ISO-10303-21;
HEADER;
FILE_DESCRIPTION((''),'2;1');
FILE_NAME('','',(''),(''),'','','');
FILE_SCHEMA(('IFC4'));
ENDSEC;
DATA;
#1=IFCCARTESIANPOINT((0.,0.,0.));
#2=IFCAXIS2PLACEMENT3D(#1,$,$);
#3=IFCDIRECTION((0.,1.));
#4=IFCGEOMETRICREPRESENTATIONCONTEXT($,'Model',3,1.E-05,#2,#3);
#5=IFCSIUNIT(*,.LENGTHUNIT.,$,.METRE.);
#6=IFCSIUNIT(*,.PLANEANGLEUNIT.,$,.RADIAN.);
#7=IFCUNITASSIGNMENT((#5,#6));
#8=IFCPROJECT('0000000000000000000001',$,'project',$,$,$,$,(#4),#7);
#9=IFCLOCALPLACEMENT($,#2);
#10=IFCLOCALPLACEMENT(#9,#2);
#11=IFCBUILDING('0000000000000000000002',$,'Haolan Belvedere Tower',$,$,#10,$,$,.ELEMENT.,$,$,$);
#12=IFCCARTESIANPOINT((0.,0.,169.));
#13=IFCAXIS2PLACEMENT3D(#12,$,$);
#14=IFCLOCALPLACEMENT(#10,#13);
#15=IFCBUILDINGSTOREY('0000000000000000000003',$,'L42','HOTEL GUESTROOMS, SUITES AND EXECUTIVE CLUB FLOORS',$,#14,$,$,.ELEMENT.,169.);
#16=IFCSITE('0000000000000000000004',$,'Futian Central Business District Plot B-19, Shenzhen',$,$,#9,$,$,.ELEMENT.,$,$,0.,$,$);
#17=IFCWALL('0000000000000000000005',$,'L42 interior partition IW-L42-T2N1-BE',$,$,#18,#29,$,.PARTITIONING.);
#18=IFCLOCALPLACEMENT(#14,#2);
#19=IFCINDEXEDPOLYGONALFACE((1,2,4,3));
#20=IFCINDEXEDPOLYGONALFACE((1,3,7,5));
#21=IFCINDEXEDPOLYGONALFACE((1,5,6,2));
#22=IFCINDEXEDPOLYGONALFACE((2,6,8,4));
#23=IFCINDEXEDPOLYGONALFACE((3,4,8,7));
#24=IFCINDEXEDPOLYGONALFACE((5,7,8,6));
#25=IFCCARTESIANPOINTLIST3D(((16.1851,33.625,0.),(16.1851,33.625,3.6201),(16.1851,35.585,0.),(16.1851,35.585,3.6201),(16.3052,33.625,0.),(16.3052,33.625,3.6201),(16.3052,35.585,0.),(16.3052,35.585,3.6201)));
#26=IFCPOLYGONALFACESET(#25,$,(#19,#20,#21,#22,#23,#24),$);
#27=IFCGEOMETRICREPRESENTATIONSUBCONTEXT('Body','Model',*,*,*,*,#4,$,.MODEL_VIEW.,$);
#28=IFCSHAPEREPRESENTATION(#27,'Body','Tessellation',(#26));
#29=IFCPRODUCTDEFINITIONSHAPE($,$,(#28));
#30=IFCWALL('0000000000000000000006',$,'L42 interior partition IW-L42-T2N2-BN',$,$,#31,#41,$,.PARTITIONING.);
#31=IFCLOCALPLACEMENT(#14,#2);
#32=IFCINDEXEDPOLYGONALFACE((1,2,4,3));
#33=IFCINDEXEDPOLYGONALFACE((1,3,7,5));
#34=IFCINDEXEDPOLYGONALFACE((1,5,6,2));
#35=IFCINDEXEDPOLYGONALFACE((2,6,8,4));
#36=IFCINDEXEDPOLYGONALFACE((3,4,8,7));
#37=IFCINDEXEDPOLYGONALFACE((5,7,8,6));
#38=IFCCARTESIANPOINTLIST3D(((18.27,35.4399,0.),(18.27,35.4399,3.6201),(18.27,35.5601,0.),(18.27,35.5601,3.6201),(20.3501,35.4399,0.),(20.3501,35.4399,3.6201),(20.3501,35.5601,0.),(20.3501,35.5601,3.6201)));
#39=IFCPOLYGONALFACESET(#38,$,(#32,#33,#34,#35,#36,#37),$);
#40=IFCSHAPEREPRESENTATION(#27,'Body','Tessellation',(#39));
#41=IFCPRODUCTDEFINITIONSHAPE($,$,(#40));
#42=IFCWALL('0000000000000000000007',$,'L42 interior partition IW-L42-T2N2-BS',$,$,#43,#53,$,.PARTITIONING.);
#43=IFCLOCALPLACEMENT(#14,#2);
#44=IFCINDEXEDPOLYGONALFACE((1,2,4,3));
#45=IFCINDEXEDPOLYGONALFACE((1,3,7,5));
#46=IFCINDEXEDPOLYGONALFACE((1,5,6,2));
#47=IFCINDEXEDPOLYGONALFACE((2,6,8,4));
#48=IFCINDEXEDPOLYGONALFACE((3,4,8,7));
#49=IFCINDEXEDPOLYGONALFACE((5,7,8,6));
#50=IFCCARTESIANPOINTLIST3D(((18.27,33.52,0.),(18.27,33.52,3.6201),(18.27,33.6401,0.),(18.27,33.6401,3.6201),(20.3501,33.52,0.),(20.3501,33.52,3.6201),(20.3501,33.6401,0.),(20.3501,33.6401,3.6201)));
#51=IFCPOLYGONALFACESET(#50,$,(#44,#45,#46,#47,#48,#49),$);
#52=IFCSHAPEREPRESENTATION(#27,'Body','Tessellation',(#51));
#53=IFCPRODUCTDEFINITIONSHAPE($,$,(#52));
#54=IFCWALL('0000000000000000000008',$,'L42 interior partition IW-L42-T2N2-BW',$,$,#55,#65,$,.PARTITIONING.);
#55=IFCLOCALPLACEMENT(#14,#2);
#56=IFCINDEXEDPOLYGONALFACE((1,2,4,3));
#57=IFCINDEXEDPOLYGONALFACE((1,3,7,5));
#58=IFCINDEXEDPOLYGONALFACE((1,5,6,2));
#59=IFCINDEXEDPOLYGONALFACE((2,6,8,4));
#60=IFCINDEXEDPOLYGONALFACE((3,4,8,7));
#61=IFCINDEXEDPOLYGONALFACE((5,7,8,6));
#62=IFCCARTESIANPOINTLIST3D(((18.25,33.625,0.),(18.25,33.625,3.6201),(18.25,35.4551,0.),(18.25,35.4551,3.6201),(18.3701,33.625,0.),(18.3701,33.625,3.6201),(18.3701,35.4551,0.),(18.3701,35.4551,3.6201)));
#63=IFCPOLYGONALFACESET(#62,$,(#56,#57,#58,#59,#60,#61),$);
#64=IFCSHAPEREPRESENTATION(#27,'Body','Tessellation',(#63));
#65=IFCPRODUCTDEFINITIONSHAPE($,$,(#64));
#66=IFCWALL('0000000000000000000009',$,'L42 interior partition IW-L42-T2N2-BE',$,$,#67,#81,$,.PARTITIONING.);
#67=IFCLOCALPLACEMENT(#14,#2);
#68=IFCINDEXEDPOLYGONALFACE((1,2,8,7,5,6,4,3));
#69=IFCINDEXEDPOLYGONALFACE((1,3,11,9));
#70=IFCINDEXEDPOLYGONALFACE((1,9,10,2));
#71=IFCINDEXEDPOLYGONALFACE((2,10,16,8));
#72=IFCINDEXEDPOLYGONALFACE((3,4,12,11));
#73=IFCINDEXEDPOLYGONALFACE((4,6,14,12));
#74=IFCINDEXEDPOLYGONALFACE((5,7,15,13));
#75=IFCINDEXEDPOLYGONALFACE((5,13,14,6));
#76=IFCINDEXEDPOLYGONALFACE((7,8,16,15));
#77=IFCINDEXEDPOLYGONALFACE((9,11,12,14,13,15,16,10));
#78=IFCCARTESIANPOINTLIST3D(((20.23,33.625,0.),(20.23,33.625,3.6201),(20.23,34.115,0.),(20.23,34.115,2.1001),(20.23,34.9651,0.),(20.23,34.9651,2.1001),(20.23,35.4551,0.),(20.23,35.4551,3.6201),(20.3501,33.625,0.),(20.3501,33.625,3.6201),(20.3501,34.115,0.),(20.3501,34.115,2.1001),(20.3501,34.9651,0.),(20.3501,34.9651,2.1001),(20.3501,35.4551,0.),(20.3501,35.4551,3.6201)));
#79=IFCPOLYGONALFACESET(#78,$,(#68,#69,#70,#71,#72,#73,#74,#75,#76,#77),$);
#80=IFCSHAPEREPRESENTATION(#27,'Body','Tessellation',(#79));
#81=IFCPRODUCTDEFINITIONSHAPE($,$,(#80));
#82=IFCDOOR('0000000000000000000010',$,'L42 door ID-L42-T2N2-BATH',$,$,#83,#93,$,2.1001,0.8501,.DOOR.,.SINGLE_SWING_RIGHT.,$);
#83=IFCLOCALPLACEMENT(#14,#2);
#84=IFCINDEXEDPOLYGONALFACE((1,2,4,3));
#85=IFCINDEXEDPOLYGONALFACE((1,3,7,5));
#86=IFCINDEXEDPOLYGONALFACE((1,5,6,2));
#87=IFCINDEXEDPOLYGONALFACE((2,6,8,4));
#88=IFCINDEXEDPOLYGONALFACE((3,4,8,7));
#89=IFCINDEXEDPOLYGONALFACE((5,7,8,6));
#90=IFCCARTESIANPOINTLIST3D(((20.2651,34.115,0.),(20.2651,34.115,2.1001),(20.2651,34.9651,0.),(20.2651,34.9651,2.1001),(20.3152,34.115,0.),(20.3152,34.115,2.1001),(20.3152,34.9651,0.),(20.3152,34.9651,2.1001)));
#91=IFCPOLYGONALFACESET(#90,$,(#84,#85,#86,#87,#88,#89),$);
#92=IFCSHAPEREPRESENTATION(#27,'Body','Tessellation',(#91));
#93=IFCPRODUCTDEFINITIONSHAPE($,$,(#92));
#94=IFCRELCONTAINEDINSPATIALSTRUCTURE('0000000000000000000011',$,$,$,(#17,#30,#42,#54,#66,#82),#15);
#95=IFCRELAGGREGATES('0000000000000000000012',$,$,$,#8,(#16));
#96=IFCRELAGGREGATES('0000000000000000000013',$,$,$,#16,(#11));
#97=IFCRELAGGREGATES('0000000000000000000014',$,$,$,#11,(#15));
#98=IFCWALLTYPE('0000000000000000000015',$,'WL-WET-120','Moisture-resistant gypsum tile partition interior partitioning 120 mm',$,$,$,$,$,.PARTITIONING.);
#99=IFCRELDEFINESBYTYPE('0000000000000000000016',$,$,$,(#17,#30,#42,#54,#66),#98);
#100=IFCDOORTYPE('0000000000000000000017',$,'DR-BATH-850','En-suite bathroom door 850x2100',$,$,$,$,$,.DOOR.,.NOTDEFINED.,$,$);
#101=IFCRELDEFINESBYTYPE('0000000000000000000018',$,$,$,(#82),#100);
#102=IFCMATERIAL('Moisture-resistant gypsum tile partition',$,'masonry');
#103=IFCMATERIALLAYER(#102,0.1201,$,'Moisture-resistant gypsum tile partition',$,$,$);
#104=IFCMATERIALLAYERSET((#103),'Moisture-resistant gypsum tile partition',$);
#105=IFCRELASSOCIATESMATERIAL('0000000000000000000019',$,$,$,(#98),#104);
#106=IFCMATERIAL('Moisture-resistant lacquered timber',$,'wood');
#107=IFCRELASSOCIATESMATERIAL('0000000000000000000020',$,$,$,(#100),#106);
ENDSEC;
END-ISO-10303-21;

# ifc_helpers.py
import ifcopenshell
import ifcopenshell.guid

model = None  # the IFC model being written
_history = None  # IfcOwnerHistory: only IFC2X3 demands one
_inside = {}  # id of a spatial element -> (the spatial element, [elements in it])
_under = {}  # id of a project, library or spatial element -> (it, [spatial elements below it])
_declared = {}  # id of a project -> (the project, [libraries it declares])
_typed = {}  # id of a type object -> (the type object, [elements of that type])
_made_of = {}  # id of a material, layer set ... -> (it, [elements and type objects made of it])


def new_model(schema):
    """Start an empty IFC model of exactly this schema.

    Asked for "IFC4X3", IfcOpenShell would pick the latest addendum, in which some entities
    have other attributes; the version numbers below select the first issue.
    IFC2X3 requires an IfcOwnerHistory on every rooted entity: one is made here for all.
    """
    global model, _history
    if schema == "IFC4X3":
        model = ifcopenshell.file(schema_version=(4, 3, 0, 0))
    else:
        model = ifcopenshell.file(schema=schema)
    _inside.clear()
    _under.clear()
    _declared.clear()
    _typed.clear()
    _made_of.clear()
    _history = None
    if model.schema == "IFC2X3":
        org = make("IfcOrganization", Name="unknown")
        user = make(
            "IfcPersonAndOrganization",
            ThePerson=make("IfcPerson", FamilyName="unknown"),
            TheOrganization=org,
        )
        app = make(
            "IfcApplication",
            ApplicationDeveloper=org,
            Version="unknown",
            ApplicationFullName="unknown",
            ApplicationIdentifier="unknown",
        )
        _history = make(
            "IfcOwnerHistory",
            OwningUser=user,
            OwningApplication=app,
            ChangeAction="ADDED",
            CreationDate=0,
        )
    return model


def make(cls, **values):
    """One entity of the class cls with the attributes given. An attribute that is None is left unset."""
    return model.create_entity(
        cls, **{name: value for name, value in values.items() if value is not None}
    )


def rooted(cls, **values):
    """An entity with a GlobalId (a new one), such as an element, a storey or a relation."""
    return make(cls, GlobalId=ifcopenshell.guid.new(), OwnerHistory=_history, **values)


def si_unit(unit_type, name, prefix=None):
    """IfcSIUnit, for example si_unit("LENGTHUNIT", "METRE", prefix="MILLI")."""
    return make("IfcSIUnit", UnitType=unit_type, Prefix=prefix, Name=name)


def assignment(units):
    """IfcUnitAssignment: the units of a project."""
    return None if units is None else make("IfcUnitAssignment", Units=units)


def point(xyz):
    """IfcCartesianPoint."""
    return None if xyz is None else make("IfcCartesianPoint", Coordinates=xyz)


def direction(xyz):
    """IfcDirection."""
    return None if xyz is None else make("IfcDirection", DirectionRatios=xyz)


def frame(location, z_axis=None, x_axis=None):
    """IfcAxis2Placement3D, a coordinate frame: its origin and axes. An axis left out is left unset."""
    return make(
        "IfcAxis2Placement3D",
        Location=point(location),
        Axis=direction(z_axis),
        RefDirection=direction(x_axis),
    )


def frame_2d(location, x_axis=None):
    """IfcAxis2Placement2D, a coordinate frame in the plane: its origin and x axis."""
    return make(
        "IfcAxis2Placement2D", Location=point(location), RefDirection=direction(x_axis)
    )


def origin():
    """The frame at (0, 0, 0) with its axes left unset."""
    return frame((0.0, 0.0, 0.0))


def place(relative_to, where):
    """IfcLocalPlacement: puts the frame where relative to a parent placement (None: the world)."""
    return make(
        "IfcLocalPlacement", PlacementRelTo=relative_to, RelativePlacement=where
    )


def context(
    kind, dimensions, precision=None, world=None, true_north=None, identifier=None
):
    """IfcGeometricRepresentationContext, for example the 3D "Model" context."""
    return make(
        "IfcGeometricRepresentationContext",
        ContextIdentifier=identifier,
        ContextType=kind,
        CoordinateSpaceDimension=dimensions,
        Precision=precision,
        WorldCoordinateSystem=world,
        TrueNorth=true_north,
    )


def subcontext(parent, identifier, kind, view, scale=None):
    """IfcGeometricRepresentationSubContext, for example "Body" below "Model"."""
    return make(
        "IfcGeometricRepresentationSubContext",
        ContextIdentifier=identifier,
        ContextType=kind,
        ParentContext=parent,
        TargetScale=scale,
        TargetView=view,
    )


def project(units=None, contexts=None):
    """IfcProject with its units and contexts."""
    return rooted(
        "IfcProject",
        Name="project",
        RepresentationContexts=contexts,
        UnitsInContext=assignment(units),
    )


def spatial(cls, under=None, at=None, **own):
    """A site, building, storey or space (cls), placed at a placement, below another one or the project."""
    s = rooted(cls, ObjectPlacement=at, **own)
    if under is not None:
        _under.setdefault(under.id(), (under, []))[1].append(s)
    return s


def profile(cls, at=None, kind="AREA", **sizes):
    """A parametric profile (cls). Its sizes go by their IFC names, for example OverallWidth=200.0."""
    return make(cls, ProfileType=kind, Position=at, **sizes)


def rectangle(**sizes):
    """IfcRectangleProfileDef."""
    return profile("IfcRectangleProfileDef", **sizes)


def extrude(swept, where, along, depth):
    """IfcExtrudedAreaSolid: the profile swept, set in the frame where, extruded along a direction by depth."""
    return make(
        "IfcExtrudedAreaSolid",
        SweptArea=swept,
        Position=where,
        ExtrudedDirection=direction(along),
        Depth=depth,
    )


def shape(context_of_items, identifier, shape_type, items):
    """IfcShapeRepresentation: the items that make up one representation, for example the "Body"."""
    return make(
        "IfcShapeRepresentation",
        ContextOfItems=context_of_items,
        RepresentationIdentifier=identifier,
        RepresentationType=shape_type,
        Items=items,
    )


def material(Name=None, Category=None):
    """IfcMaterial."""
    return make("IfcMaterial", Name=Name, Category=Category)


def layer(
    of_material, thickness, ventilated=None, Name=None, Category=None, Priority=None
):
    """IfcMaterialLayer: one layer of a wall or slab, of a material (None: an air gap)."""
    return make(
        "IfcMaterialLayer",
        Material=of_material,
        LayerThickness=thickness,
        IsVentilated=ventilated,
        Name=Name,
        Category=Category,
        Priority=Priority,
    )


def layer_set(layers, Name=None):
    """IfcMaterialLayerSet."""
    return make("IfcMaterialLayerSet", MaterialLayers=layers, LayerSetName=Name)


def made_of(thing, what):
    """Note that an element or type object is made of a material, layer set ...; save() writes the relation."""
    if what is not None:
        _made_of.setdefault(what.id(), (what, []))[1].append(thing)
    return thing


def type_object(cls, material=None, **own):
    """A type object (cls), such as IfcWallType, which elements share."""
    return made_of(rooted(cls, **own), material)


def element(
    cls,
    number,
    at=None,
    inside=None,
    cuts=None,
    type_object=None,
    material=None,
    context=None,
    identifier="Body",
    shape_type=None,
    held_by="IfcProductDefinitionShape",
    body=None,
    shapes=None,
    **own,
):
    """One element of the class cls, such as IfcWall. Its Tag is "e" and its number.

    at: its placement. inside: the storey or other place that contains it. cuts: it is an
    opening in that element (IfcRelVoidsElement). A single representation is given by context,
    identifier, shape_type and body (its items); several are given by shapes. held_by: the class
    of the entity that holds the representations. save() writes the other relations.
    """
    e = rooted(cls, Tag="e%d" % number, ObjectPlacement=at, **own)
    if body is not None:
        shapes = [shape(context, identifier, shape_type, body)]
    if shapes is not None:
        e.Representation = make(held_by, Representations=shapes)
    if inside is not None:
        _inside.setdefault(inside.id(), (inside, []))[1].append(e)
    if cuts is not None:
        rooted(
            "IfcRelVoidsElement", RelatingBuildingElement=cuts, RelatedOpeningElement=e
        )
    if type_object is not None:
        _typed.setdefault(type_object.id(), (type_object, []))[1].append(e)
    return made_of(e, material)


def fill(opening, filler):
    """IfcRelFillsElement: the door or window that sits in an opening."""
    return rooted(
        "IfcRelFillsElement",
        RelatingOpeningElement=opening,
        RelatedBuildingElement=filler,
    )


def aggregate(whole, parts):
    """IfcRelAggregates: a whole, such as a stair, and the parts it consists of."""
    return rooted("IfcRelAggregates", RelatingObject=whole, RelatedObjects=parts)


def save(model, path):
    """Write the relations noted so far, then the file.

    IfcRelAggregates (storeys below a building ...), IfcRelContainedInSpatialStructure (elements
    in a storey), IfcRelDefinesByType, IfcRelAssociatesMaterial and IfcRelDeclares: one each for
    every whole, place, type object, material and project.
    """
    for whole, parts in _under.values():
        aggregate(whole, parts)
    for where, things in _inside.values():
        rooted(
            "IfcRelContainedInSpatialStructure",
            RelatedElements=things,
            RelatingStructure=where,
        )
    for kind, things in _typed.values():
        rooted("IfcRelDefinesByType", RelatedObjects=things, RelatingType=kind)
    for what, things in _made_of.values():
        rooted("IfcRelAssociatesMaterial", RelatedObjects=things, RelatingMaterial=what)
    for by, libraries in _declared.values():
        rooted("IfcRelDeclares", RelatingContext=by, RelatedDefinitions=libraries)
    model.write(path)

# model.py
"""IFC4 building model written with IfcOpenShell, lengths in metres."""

from ifc_helpers import new_model, si_unit, direction, frame, frame_2d, origin, place, context, subcontext, project, spatial, rectangle, extrude, material, layer, layer_set, type_object, element, fill, save


model = new_model("IFC4")

# Units and contexts
model_context = context("Model", 3, precision=1e-05, world=origin(), true_north=direction((0.0, 1.0)))
body_context = subcontext(model_context, "Body", "Model", "MODEL_VIEW")
ifc_project = project(units=[si_unit("LENGTHUNIT", "METRE"), si_unit("PLANEANGLEUNIT", "RADIAN")], contexts=[model_context])

# Site, building, storey
site_placement = place(None, origin())
site = spatial("IfcSite", under=ifc_project, at=site_placement, Name="Futian Central Business District Plot B-19, Shenzhen", CompositionType="ELEMENT", RefElevation=0.0)
building_placement = place(site_placement, origin())
building = spatial("IfcBuilding", under=site, at=building_placement, Name="Haolan Belvedere Tower", CompositionType="ELEMENT")
storey_placement = place(building_placement, frame((0.0, 0.0, 169.0)))
storey = spatial("IfcBuildingStorey", under=building, at=storey_placement, Name="L42", Description="HOTEL GUESTROOMS, SUITES AND EXECUTIVE CLUB FLOORS", CompositionType="ELEMENT", Elevation=169.0)

# Shared definitions
ifc_material_1 = material(Name="Moisture-resistant gypsum tile partition", Category="masonry")
ifc_layer_1 = layer(ifc_material_1, 0.1201, Name="Moisture-resistant gypsum tile partition")
ifc_layer_set_1 = layer_set([ifc_layer_1], Name="Moisture-resistant gypsum tile partition")
wall_type_1 = type_object("IfcWallType", Name="WL-WET-120", Description="Moisture-resistant gypsum tile partition interior partitioning 120 mm", PredefinedType="PARTITIONING", material=ifc_layer_set_1)

# Shared definitions
ifc_material_2 = material(Name="Moisture-resistant lacquered timber", Category="wood")
door_type = type_object("IfcDoorType", Name="DR-BATH-850", Description="En-suite bathroom door 850x2100", OperationType="NOTDEFINED", PredefinedType="DOOR", material=ifc_material_2)

# Walls
for number, where, z_axis, x_axis, name in (
    (1, (16.2451, 33.625, 0.0), (0.0, 0.0, 1.0), (0.0, 1.0, 0.0), "L42 interior partition IW-L42-T2N1-BE"),
):
    element("IfcWall", number, at=place(storey_placement, frame(where, z_axis=z_axis, x_axis=x_axis)), inside=storey, type_object=wall_type_1, Name=name, PredefinedType="PARTITIONING", context=body_context, shape_type="SweptSolid", body=[
        extrude(rectangle(XDim=1.96, YDim=0.1201, at=frame_2d((0.98, 0.0))), origin(), (0.0, 0.0, 1.0), 3.6201),
    ])
for number, where, z_axis, x_axis, name in (
    (2, (18.27, 35.5, 0.0), (0.0, 0.0, 1.0), (1.0, 0.0, 0.0), "L42 interior partition IW-L42-T2N2-BN"),
    (3, (18.27, 33.5801, 0.0), (0.0, 0.0, 1.0), (1.0, 0.0, 0.0), "L42 interior partition IW-L42-T2N2-BS"),
):
    element("IfcWall", number, at=place(storey_placement, frame(where, z_axis=z_axis, x_axis=x_axis)), inside=storey, type_object=wall_type_1, Name=name, PredefinedType="PARTITIONING", context=body_context, shape_type="SweptSolid", body=[
        extrude(rectangle(XDim=2.0801, YDim=0.1201, at=frame_2d((1.04, 0.0))), origin(), (0.0, 0.0, 1.0), 3.6201),
    ])
wall_1_placement = place(storey_placement, frame((18.3101, 33.625, 0.0), z_axis=(0.0, 0.0, 1.0), x_axis=(0.0, 1.0, 0.0)))
element("IfcWall", 4, at=wall_1_placement, inside=storey, type_object=wall_type_1, Name="L42 interior partition IW-L42-T2N2-BW", PredefinedType="PARTITIONING", context=body_context, shape_type="SweptSolid", body=[
    extrude(rectangle(XDim=1.8301, YDim=0.1201, at=frame_2d((0.915, 0.0))), origin(), (0.0, 0.0, 1.0), 3.6201),
])

# Wall, opening, door
wall_2_placement = place(storey_placement, frame((20.29, 33.625, 0.0), z_axis=(0.0, 0.0, 1.0), x_axis=(0.0, 1.0, 0.0)))
wall_2 = element("IfcWall", 5, at=wall_2_placement, inside=storey, type_object=wall_type_1, Name="L42 interior partition IW-L42-T2N2-BE", PredefinedType="PARTITIONING", context=body_context, shape_type="SweptSolid", body=[
    extrude(rectangle(XDim=1.8301, YDim=0.1201, at=frame_2d((0.915, 0.0))), origin(), (0.0, 0.0, 1.0), 3.6201),
])
opening_1_placement = place(wall_2_placement, frame((0.49, 0.0, 0.0)))
opening_1 = element("IfcOpeningElement", 6, at=opening_1_placement, cuts=wall_2, PredefinedType="OPENING", context=body_context, shape_type="SweptSolid", body=[
    extrude(rectangle(XDim=0.8501, YDim=2.1001, at=frame_2d((0.425, 1.05))), frame((0.0, 0.0701, 0.0), z_axis=(0.0, -1.0, 0.0), x_axis=(1.0, 0.0, 0.0)), (0.0, 0.0, 1.0), 0.1401),
])
door_1_placement = place(opening_1_placement, origin())
door_1 = element("IfcDoor", 7, at=door_1_placement, inside=storey, type_object=door_type, Name="L42 door ID-L42-T2N2-BATH", OperationType="SINGLE_SWING_RIGHT", OverallHeight=2.1001, OverallWidth=0.8501, PredefinedType="DOOR", context=body_context, shape_type="SweptSolid", body=[
    extrude(rectangle(XDim=0.8501, YDim=2.1001, at=frame_2d((0.425, 1.05))), frame((0.0, 0.0249, 0.0), z_axis=(0.0, -1.0, 0.0), x_axis=(1.0, 0.0, 0.0)), (0.0, 0.0, 1.0), 0.05),
])
fill(opening_1, door_1)

save(model, "model.ifc")
